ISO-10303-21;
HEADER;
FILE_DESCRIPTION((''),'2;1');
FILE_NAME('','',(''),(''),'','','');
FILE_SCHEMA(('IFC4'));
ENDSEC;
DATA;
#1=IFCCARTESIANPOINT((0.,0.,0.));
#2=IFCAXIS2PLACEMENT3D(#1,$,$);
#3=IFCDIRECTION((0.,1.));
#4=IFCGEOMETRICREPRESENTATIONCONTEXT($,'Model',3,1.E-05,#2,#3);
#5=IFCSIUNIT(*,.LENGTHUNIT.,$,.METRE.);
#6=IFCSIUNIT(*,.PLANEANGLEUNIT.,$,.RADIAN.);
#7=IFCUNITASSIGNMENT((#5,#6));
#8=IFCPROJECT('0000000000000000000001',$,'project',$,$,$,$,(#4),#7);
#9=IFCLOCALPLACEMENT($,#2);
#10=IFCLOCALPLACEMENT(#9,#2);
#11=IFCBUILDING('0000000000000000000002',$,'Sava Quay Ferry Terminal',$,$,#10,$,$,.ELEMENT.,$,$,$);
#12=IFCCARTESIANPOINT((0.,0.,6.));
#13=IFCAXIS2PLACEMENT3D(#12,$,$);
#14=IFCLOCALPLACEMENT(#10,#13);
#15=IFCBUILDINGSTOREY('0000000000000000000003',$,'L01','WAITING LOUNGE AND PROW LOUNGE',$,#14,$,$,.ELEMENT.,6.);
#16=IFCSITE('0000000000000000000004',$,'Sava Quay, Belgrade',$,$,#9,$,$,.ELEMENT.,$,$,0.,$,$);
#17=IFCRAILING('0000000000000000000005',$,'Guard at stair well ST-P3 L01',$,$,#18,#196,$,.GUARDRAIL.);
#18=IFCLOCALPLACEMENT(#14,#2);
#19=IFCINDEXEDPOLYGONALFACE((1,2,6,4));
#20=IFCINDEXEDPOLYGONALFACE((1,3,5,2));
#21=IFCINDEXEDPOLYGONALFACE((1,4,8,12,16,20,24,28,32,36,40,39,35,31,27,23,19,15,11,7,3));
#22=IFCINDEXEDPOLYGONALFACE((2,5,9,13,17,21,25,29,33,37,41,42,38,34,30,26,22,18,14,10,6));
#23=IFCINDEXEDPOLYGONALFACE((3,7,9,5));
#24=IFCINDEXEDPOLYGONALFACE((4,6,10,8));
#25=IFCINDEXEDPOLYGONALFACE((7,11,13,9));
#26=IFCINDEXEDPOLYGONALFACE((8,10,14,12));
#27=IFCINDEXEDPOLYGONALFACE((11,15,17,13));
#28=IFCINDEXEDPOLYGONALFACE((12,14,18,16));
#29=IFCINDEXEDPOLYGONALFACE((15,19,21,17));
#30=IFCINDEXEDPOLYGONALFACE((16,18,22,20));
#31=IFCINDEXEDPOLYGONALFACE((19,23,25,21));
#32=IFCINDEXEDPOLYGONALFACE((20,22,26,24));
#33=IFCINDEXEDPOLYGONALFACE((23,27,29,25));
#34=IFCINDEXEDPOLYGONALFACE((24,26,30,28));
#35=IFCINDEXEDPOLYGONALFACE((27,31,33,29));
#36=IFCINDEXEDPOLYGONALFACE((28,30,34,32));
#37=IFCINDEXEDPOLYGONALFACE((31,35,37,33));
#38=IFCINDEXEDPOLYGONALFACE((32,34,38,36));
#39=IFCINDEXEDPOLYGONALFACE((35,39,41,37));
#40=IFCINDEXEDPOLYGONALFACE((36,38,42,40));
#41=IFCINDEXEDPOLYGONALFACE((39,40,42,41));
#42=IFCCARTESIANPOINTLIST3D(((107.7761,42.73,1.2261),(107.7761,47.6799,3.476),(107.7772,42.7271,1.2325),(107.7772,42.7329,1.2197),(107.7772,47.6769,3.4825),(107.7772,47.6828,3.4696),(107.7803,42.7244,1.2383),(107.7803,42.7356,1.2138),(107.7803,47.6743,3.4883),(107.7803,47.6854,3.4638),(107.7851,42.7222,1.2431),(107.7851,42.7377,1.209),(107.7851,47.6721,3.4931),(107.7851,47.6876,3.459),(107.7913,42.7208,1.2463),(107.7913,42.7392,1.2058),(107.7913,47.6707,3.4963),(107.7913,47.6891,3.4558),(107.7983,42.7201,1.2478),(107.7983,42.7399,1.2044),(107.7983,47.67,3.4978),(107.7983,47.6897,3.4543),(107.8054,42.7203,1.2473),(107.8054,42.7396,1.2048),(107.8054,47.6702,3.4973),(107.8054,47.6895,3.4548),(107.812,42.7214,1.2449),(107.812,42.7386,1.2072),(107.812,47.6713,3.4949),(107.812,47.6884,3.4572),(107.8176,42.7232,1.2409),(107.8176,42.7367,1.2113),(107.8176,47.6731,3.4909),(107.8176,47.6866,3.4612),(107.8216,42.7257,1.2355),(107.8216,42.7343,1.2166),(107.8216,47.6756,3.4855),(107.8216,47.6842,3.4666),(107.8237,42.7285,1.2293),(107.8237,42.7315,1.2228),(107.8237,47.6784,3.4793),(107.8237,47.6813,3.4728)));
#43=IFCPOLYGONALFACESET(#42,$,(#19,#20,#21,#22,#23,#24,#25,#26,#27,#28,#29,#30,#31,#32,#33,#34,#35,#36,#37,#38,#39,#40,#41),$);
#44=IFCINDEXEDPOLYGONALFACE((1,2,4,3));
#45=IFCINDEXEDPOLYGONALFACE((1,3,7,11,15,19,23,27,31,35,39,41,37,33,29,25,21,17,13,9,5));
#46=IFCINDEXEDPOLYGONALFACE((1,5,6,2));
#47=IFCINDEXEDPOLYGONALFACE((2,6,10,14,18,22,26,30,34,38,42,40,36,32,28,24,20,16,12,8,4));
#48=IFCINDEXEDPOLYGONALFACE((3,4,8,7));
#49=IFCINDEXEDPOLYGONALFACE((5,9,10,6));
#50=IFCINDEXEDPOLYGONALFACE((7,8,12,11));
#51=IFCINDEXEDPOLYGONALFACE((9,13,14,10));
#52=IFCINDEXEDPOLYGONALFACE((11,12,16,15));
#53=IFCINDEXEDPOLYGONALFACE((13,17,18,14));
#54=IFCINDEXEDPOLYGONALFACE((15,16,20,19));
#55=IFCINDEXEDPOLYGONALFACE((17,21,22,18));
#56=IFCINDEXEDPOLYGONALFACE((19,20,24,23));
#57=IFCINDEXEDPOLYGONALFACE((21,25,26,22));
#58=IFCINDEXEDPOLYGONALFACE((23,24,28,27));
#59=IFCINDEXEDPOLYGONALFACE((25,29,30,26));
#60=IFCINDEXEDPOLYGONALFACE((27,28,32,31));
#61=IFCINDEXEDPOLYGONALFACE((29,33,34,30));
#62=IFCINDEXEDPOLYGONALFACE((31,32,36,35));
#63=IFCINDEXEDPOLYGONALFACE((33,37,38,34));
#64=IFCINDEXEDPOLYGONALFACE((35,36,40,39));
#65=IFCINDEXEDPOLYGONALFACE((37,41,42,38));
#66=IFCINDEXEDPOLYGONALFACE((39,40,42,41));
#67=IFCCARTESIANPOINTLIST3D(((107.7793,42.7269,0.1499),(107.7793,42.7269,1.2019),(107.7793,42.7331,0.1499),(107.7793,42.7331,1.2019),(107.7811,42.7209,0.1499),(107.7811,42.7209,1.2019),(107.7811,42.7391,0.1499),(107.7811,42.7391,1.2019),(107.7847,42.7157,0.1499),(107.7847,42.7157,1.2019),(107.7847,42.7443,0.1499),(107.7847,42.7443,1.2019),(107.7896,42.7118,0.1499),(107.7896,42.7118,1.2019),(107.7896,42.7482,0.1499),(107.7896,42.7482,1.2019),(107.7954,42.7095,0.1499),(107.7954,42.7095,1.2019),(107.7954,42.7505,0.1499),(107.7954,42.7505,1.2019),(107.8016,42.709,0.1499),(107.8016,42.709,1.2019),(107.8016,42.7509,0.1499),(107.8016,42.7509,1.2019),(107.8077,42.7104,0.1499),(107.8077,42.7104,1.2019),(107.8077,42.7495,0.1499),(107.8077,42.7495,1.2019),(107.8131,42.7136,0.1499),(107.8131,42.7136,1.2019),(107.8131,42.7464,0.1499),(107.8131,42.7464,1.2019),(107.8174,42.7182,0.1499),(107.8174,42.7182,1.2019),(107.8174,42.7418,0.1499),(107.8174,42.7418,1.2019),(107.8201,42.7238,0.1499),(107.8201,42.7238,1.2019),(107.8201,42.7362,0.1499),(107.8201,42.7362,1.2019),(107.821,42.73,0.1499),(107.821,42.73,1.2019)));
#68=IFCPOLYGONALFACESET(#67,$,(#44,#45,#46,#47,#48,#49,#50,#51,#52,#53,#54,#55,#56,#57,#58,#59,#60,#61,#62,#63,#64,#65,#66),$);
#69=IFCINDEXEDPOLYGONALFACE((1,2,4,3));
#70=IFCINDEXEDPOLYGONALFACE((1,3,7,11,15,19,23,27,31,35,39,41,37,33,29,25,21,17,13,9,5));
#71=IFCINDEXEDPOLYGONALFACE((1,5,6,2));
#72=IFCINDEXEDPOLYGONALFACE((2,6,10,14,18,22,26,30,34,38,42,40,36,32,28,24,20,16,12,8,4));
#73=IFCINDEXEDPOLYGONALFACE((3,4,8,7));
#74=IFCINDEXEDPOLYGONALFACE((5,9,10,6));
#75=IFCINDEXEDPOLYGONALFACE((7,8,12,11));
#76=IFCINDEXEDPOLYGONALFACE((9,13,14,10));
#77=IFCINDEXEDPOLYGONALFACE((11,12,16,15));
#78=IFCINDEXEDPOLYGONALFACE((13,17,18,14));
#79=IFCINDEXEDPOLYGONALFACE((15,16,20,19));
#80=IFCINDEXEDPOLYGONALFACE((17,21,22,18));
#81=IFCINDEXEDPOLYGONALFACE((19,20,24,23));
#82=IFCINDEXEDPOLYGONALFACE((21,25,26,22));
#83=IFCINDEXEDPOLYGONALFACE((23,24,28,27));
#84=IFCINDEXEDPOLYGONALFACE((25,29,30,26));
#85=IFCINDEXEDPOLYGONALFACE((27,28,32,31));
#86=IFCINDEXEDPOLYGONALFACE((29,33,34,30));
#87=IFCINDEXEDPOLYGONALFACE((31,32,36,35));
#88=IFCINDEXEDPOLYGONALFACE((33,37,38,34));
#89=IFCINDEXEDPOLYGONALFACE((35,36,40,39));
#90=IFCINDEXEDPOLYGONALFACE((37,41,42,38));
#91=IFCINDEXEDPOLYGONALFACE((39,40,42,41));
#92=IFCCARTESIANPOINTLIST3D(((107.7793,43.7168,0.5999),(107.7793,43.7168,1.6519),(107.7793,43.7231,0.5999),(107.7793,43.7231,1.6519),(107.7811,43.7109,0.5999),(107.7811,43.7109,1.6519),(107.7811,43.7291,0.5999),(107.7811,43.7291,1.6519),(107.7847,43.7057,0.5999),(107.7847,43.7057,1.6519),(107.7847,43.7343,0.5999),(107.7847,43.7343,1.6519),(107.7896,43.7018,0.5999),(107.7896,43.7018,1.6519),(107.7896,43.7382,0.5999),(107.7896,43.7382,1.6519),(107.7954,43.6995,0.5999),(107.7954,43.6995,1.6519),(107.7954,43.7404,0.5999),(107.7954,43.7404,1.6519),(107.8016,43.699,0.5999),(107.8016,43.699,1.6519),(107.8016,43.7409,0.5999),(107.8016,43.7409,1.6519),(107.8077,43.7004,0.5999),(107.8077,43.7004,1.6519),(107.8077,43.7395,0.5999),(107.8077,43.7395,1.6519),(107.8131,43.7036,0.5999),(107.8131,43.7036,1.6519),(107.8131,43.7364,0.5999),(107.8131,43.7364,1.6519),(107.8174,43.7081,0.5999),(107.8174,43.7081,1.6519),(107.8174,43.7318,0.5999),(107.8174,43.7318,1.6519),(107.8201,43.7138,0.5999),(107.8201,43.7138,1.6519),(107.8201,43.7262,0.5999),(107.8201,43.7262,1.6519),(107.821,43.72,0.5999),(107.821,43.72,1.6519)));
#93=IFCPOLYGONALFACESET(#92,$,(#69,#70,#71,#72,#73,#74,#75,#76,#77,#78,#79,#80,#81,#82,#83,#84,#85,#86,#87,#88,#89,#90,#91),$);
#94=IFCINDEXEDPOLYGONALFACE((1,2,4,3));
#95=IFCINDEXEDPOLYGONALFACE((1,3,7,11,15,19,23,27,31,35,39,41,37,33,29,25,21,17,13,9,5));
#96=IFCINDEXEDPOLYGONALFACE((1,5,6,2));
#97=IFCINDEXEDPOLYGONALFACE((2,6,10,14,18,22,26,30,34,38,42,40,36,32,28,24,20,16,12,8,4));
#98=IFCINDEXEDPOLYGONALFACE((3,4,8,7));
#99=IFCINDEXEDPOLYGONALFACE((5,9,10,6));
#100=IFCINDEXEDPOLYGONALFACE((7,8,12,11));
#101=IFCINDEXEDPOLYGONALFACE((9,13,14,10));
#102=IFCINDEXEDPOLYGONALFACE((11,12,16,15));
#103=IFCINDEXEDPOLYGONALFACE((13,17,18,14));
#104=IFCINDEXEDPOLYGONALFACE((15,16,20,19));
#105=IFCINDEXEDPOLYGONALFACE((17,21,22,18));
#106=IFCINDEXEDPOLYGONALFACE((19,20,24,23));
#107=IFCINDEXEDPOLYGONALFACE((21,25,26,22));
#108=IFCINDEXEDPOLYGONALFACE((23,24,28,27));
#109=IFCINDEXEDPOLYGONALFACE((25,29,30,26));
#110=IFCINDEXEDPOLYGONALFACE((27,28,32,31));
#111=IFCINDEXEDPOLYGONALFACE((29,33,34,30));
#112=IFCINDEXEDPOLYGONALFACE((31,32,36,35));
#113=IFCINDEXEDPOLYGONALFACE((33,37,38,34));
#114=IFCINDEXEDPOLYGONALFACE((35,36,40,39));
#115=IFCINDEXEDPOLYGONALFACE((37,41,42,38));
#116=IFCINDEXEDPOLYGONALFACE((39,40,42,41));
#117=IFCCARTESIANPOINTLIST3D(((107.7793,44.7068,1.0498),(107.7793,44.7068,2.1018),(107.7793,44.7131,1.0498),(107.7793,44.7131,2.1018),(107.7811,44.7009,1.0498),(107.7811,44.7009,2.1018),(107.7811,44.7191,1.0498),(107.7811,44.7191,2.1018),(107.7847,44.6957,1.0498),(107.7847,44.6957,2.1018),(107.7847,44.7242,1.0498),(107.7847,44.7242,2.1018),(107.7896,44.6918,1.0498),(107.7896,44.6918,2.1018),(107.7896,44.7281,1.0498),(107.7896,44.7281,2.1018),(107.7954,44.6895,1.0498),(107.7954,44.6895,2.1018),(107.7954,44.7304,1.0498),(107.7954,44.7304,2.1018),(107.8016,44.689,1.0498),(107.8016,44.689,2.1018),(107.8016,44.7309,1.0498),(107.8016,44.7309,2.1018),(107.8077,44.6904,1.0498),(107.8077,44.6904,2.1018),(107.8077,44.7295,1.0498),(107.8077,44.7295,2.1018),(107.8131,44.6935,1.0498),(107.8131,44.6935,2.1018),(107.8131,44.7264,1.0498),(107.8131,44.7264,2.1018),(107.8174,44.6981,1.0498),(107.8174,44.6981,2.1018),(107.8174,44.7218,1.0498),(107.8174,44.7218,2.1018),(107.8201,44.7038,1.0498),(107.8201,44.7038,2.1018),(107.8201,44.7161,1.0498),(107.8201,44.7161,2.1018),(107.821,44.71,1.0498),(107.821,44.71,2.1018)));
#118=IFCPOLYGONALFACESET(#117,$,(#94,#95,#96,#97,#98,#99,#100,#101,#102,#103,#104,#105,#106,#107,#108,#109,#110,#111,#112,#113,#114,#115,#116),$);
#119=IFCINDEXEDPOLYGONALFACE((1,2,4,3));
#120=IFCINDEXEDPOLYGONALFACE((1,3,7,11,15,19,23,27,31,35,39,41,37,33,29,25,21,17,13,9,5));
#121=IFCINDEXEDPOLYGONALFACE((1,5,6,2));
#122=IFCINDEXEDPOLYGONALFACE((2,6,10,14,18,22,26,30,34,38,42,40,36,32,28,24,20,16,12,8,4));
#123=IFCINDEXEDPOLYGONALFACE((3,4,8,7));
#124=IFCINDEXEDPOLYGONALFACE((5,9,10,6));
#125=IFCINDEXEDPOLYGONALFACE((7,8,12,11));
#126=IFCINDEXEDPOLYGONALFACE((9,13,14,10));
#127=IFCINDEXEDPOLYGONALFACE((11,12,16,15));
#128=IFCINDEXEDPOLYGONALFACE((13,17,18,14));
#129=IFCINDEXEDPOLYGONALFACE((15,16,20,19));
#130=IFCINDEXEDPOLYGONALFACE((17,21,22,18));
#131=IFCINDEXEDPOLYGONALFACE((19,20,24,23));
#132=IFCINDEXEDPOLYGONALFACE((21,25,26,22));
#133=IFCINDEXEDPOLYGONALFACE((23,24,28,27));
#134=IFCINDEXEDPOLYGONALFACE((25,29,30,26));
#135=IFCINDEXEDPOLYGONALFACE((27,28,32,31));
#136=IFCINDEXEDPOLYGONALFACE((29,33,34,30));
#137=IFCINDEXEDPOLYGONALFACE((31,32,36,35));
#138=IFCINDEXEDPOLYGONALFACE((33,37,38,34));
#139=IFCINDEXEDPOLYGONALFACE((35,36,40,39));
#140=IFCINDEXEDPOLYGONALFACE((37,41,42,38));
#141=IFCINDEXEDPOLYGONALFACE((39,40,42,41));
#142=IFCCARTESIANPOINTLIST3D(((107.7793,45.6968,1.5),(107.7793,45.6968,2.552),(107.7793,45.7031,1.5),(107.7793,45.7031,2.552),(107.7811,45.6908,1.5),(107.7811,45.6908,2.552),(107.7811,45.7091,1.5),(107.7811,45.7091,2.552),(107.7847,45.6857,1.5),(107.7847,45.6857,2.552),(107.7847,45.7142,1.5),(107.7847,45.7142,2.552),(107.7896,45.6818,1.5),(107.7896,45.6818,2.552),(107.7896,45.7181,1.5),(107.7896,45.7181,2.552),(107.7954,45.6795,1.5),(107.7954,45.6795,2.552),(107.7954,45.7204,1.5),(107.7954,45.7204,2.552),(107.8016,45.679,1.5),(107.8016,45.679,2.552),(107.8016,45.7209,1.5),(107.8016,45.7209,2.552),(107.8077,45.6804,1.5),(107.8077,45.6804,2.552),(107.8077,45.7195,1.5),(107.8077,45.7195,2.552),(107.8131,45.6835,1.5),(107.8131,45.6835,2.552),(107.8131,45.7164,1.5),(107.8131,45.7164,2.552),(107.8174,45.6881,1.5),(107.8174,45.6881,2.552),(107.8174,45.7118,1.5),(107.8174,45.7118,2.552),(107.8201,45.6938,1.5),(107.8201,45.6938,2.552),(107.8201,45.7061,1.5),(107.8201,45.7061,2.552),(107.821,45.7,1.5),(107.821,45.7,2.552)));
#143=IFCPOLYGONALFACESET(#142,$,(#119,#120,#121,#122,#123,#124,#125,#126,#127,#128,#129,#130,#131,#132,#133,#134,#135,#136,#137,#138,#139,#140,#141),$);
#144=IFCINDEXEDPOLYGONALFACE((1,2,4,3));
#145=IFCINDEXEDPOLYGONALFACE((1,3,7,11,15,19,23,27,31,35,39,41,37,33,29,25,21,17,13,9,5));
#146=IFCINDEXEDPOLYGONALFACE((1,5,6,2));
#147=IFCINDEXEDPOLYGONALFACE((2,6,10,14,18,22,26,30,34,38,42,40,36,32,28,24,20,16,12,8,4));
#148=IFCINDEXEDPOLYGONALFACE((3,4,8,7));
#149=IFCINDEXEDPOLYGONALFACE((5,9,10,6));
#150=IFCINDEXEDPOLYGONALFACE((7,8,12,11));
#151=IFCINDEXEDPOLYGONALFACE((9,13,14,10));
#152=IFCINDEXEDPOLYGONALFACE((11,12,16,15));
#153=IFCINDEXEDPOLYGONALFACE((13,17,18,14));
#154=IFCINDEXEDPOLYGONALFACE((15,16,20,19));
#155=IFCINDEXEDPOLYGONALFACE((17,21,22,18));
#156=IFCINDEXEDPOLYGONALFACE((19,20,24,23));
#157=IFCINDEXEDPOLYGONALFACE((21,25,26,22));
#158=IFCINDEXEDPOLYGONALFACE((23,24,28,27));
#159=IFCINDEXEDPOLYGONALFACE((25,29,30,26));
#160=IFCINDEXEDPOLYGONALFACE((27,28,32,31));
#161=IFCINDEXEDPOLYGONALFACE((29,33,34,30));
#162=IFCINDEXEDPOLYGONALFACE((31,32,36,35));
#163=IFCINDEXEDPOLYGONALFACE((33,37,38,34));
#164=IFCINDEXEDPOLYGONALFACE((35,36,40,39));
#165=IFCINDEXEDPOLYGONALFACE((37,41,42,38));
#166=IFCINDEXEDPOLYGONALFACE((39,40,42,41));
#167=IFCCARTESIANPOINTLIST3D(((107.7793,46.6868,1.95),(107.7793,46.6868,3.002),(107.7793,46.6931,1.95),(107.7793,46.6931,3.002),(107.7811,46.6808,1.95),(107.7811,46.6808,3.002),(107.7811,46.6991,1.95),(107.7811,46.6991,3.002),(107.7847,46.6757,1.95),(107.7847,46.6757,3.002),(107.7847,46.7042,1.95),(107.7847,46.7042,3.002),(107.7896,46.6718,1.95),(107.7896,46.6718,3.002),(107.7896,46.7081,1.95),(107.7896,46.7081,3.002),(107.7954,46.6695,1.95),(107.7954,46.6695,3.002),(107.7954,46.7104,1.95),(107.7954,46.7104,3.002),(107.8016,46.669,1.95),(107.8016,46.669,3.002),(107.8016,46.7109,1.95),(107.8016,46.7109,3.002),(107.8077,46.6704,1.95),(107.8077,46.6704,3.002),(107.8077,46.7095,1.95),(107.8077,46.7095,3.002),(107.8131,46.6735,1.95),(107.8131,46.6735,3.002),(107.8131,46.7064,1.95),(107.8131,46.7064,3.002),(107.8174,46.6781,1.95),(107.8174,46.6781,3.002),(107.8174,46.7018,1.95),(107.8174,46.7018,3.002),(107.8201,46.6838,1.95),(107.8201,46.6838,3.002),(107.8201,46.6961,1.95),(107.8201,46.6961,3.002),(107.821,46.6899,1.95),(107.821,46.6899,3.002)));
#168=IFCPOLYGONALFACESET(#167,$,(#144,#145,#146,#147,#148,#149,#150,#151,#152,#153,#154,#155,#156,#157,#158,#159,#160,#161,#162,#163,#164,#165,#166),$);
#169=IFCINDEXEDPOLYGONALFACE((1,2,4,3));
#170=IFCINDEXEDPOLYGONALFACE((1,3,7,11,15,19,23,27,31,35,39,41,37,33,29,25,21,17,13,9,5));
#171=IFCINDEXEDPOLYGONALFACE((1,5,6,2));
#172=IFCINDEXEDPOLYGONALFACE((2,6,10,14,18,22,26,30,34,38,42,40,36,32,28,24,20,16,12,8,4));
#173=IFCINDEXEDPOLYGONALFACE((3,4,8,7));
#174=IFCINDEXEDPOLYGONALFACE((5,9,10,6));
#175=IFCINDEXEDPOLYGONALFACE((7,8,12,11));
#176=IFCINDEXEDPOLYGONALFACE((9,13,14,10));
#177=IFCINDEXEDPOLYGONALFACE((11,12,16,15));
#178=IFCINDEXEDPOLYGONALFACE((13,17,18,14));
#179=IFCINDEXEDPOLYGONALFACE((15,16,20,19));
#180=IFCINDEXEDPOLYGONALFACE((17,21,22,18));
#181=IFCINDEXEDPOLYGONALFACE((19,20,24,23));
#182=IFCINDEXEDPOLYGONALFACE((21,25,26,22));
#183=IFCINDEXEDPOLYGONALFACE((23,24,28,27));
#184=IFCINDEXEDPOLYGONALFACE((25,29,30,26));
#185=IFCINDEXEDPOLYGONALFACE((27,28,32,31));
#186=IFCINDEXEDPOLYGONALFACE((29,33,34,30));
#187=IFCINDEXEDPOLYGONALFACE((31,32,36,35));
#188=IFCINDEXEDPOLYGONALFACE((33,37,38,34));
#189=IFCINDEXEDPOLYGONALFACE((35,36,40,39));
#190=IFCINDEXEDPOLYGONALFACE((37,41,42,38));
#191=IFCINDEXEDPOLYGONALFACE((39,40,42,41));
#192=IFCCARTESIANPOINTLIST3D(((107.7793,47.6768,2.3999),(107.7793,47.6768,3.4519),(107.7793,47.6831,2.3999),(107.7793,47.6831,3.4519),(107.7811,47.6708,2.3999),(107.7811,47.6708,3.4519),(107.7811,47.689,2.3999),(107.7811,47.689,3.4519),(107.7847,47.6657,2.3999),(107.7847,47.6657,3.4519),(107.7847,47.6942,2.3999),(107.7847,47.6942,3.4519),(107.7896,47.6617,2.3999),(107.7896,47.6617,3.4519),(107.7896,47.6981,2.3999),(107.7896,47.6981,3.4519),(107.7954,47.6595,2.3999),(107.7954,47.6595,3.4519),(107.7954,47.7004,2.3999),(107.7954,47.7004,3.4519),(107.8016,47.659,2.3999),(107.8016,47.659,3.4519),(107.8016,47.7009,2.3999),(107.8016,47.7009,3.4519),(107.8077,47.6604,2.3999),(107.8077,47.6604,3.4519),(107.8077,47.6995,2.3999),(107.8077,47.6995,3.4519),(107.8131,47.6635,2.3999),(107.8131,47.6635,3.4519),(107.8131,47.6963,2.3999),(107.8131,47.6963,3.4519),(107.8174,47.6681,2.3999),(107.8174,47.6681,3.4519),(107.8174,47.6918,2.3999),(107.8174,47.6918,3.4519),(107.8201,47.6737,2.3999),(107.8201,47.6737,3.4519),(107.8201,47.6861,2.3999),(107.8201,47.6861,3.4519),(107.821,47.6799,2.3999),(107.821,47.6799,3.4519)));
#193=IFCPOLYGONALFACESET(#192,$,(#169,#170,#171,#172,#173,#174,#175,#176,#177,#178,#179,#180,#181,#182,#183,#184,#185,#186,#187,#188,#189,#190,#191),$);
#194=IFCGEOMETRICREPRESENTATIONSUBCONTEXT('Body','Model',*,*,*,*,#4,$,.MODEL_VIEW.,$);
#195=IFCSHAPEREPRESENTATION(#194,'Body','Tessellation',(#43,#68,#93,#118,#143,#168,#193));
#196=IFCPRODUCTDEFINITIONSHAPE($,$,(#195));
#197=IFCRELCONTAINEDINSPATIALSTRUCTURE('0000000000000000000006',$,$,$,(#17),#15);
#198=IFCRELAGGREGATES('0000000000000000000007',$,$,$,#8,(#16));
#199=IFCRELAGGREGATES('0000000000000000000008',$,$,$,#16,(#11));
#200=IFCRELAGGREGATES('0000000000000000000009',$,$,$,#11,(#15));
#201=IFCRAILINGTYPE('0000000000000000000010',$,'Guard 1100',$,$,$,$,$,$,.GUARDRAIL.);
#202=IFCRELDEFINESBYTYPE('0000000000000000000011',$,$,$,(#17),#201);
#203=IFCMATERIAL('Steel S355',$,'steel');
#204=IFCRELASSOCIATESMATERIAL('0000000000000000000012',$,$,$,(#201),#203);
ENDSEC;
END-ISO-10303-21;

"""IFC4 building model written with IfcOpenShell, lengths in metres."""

from ifc_helpers import new_model, si_unit, direction, frame, origin, origin_2d, place, context, subcontext, project, spatial, circle, extrude, material, type_object, element, save


model = new_model("IFC4")

# Units and contexts
model_context = context("Model", 3, precision=1e-05, world=origin(), true_north=direction((0.0, 1.0)))
body_context = subcontext(model_context, "Body", "Model", "MODEL_VIEW")
ifc_project = project(units=[si_unit("LENGTHUNIT", "METRE"), si_unit("PLANEANGLEUNIT", "RADIAN")], contexts=[model_context])

# Site, building, storey
site_placement = place(None, origin())
site = spatial("IfcSite", under=ifc_project, at=site_placement, Name="Sava Quay, Belgrade", CompositionType="ELEMENT", RefElevation=0.0)
building_placement = place(site_placement, origin())
building = spatial("IfcBuilding", under=site, at=building_placement, Name="Sava Quay Ferry Terminal", CompositionType="ELEMENT")
storey_placement = place(building_placement, frame((0.0, 0.0, 6.0)))
storey = spatial("IfcBuildingStorey", under=building, at=storey_placement, Name="L01", Description="WAITING LOUNGE AND PROW LOUNGE", CompositionType="ELEMENT", Elevation=6.0)

# Railing
ifc_material_1 = material(Name="Steel S355", Category="steel")
railing_type_1 = type_object("IfcRailingType", Name="Guard 1100", PredefinedType="GUARDRAIL", material=ifc_material_1)
railing_1_placement = place(storey_placement, frame((107.8, 42.73, 0.1499)))
element("IfcRailing", 1, at=railing_1_placement, inside=storey, type_object=railing_type_1, Name="Guard at stair well ST-P3 L01", PredefinedType="GUARDRAIL", context=body_context, shape_type="SweptSolid", body=[
    extrude(circle(Radius=0.0239, at=origin_2d()), frame((0.0, 0.0, 1.0762), z_axis=(0.0, 0.910365, 0.413806), x_axis=(-1.0, 0.0, 0.0)), (0.0, 0.0, 1.0), 5.4373),
    extrude(circle(Radius=0.021, at=origin_2d()), origin(), (0.0, 0.0, 1.0), 1.052),
    extrude(circle(Radius=0.021, at=origin_2d()), frame((0.0, 0.99, 0.45)), (0.0, 0.0, 1.0), 1.052),
    extrude(circle(Radius=0.021, at=origin_2d()), frame((0.0, 1.98, 0.8999)), (0.0, 0.0, 1.0), 1.052),
    extrude(circle(Radius=0.021, at=origin_2d()), frame((0.0, 2.97, 1.3501)), (0.0, 0.0, 1.0), 1.052),
    extrude(circle(Radius=0.021, at=origin_2d()), frame((0.0, 3.96, 1.8)), (0.0, 0.0, 1.0), 1.052),
    extrude(circle(Radius=0.021, at=origin_2d()), frame((0.0, 4.95, 2.25)), (0.0, 0.0, 1.0), 1.052),
])

save(model, "model.ifc")
